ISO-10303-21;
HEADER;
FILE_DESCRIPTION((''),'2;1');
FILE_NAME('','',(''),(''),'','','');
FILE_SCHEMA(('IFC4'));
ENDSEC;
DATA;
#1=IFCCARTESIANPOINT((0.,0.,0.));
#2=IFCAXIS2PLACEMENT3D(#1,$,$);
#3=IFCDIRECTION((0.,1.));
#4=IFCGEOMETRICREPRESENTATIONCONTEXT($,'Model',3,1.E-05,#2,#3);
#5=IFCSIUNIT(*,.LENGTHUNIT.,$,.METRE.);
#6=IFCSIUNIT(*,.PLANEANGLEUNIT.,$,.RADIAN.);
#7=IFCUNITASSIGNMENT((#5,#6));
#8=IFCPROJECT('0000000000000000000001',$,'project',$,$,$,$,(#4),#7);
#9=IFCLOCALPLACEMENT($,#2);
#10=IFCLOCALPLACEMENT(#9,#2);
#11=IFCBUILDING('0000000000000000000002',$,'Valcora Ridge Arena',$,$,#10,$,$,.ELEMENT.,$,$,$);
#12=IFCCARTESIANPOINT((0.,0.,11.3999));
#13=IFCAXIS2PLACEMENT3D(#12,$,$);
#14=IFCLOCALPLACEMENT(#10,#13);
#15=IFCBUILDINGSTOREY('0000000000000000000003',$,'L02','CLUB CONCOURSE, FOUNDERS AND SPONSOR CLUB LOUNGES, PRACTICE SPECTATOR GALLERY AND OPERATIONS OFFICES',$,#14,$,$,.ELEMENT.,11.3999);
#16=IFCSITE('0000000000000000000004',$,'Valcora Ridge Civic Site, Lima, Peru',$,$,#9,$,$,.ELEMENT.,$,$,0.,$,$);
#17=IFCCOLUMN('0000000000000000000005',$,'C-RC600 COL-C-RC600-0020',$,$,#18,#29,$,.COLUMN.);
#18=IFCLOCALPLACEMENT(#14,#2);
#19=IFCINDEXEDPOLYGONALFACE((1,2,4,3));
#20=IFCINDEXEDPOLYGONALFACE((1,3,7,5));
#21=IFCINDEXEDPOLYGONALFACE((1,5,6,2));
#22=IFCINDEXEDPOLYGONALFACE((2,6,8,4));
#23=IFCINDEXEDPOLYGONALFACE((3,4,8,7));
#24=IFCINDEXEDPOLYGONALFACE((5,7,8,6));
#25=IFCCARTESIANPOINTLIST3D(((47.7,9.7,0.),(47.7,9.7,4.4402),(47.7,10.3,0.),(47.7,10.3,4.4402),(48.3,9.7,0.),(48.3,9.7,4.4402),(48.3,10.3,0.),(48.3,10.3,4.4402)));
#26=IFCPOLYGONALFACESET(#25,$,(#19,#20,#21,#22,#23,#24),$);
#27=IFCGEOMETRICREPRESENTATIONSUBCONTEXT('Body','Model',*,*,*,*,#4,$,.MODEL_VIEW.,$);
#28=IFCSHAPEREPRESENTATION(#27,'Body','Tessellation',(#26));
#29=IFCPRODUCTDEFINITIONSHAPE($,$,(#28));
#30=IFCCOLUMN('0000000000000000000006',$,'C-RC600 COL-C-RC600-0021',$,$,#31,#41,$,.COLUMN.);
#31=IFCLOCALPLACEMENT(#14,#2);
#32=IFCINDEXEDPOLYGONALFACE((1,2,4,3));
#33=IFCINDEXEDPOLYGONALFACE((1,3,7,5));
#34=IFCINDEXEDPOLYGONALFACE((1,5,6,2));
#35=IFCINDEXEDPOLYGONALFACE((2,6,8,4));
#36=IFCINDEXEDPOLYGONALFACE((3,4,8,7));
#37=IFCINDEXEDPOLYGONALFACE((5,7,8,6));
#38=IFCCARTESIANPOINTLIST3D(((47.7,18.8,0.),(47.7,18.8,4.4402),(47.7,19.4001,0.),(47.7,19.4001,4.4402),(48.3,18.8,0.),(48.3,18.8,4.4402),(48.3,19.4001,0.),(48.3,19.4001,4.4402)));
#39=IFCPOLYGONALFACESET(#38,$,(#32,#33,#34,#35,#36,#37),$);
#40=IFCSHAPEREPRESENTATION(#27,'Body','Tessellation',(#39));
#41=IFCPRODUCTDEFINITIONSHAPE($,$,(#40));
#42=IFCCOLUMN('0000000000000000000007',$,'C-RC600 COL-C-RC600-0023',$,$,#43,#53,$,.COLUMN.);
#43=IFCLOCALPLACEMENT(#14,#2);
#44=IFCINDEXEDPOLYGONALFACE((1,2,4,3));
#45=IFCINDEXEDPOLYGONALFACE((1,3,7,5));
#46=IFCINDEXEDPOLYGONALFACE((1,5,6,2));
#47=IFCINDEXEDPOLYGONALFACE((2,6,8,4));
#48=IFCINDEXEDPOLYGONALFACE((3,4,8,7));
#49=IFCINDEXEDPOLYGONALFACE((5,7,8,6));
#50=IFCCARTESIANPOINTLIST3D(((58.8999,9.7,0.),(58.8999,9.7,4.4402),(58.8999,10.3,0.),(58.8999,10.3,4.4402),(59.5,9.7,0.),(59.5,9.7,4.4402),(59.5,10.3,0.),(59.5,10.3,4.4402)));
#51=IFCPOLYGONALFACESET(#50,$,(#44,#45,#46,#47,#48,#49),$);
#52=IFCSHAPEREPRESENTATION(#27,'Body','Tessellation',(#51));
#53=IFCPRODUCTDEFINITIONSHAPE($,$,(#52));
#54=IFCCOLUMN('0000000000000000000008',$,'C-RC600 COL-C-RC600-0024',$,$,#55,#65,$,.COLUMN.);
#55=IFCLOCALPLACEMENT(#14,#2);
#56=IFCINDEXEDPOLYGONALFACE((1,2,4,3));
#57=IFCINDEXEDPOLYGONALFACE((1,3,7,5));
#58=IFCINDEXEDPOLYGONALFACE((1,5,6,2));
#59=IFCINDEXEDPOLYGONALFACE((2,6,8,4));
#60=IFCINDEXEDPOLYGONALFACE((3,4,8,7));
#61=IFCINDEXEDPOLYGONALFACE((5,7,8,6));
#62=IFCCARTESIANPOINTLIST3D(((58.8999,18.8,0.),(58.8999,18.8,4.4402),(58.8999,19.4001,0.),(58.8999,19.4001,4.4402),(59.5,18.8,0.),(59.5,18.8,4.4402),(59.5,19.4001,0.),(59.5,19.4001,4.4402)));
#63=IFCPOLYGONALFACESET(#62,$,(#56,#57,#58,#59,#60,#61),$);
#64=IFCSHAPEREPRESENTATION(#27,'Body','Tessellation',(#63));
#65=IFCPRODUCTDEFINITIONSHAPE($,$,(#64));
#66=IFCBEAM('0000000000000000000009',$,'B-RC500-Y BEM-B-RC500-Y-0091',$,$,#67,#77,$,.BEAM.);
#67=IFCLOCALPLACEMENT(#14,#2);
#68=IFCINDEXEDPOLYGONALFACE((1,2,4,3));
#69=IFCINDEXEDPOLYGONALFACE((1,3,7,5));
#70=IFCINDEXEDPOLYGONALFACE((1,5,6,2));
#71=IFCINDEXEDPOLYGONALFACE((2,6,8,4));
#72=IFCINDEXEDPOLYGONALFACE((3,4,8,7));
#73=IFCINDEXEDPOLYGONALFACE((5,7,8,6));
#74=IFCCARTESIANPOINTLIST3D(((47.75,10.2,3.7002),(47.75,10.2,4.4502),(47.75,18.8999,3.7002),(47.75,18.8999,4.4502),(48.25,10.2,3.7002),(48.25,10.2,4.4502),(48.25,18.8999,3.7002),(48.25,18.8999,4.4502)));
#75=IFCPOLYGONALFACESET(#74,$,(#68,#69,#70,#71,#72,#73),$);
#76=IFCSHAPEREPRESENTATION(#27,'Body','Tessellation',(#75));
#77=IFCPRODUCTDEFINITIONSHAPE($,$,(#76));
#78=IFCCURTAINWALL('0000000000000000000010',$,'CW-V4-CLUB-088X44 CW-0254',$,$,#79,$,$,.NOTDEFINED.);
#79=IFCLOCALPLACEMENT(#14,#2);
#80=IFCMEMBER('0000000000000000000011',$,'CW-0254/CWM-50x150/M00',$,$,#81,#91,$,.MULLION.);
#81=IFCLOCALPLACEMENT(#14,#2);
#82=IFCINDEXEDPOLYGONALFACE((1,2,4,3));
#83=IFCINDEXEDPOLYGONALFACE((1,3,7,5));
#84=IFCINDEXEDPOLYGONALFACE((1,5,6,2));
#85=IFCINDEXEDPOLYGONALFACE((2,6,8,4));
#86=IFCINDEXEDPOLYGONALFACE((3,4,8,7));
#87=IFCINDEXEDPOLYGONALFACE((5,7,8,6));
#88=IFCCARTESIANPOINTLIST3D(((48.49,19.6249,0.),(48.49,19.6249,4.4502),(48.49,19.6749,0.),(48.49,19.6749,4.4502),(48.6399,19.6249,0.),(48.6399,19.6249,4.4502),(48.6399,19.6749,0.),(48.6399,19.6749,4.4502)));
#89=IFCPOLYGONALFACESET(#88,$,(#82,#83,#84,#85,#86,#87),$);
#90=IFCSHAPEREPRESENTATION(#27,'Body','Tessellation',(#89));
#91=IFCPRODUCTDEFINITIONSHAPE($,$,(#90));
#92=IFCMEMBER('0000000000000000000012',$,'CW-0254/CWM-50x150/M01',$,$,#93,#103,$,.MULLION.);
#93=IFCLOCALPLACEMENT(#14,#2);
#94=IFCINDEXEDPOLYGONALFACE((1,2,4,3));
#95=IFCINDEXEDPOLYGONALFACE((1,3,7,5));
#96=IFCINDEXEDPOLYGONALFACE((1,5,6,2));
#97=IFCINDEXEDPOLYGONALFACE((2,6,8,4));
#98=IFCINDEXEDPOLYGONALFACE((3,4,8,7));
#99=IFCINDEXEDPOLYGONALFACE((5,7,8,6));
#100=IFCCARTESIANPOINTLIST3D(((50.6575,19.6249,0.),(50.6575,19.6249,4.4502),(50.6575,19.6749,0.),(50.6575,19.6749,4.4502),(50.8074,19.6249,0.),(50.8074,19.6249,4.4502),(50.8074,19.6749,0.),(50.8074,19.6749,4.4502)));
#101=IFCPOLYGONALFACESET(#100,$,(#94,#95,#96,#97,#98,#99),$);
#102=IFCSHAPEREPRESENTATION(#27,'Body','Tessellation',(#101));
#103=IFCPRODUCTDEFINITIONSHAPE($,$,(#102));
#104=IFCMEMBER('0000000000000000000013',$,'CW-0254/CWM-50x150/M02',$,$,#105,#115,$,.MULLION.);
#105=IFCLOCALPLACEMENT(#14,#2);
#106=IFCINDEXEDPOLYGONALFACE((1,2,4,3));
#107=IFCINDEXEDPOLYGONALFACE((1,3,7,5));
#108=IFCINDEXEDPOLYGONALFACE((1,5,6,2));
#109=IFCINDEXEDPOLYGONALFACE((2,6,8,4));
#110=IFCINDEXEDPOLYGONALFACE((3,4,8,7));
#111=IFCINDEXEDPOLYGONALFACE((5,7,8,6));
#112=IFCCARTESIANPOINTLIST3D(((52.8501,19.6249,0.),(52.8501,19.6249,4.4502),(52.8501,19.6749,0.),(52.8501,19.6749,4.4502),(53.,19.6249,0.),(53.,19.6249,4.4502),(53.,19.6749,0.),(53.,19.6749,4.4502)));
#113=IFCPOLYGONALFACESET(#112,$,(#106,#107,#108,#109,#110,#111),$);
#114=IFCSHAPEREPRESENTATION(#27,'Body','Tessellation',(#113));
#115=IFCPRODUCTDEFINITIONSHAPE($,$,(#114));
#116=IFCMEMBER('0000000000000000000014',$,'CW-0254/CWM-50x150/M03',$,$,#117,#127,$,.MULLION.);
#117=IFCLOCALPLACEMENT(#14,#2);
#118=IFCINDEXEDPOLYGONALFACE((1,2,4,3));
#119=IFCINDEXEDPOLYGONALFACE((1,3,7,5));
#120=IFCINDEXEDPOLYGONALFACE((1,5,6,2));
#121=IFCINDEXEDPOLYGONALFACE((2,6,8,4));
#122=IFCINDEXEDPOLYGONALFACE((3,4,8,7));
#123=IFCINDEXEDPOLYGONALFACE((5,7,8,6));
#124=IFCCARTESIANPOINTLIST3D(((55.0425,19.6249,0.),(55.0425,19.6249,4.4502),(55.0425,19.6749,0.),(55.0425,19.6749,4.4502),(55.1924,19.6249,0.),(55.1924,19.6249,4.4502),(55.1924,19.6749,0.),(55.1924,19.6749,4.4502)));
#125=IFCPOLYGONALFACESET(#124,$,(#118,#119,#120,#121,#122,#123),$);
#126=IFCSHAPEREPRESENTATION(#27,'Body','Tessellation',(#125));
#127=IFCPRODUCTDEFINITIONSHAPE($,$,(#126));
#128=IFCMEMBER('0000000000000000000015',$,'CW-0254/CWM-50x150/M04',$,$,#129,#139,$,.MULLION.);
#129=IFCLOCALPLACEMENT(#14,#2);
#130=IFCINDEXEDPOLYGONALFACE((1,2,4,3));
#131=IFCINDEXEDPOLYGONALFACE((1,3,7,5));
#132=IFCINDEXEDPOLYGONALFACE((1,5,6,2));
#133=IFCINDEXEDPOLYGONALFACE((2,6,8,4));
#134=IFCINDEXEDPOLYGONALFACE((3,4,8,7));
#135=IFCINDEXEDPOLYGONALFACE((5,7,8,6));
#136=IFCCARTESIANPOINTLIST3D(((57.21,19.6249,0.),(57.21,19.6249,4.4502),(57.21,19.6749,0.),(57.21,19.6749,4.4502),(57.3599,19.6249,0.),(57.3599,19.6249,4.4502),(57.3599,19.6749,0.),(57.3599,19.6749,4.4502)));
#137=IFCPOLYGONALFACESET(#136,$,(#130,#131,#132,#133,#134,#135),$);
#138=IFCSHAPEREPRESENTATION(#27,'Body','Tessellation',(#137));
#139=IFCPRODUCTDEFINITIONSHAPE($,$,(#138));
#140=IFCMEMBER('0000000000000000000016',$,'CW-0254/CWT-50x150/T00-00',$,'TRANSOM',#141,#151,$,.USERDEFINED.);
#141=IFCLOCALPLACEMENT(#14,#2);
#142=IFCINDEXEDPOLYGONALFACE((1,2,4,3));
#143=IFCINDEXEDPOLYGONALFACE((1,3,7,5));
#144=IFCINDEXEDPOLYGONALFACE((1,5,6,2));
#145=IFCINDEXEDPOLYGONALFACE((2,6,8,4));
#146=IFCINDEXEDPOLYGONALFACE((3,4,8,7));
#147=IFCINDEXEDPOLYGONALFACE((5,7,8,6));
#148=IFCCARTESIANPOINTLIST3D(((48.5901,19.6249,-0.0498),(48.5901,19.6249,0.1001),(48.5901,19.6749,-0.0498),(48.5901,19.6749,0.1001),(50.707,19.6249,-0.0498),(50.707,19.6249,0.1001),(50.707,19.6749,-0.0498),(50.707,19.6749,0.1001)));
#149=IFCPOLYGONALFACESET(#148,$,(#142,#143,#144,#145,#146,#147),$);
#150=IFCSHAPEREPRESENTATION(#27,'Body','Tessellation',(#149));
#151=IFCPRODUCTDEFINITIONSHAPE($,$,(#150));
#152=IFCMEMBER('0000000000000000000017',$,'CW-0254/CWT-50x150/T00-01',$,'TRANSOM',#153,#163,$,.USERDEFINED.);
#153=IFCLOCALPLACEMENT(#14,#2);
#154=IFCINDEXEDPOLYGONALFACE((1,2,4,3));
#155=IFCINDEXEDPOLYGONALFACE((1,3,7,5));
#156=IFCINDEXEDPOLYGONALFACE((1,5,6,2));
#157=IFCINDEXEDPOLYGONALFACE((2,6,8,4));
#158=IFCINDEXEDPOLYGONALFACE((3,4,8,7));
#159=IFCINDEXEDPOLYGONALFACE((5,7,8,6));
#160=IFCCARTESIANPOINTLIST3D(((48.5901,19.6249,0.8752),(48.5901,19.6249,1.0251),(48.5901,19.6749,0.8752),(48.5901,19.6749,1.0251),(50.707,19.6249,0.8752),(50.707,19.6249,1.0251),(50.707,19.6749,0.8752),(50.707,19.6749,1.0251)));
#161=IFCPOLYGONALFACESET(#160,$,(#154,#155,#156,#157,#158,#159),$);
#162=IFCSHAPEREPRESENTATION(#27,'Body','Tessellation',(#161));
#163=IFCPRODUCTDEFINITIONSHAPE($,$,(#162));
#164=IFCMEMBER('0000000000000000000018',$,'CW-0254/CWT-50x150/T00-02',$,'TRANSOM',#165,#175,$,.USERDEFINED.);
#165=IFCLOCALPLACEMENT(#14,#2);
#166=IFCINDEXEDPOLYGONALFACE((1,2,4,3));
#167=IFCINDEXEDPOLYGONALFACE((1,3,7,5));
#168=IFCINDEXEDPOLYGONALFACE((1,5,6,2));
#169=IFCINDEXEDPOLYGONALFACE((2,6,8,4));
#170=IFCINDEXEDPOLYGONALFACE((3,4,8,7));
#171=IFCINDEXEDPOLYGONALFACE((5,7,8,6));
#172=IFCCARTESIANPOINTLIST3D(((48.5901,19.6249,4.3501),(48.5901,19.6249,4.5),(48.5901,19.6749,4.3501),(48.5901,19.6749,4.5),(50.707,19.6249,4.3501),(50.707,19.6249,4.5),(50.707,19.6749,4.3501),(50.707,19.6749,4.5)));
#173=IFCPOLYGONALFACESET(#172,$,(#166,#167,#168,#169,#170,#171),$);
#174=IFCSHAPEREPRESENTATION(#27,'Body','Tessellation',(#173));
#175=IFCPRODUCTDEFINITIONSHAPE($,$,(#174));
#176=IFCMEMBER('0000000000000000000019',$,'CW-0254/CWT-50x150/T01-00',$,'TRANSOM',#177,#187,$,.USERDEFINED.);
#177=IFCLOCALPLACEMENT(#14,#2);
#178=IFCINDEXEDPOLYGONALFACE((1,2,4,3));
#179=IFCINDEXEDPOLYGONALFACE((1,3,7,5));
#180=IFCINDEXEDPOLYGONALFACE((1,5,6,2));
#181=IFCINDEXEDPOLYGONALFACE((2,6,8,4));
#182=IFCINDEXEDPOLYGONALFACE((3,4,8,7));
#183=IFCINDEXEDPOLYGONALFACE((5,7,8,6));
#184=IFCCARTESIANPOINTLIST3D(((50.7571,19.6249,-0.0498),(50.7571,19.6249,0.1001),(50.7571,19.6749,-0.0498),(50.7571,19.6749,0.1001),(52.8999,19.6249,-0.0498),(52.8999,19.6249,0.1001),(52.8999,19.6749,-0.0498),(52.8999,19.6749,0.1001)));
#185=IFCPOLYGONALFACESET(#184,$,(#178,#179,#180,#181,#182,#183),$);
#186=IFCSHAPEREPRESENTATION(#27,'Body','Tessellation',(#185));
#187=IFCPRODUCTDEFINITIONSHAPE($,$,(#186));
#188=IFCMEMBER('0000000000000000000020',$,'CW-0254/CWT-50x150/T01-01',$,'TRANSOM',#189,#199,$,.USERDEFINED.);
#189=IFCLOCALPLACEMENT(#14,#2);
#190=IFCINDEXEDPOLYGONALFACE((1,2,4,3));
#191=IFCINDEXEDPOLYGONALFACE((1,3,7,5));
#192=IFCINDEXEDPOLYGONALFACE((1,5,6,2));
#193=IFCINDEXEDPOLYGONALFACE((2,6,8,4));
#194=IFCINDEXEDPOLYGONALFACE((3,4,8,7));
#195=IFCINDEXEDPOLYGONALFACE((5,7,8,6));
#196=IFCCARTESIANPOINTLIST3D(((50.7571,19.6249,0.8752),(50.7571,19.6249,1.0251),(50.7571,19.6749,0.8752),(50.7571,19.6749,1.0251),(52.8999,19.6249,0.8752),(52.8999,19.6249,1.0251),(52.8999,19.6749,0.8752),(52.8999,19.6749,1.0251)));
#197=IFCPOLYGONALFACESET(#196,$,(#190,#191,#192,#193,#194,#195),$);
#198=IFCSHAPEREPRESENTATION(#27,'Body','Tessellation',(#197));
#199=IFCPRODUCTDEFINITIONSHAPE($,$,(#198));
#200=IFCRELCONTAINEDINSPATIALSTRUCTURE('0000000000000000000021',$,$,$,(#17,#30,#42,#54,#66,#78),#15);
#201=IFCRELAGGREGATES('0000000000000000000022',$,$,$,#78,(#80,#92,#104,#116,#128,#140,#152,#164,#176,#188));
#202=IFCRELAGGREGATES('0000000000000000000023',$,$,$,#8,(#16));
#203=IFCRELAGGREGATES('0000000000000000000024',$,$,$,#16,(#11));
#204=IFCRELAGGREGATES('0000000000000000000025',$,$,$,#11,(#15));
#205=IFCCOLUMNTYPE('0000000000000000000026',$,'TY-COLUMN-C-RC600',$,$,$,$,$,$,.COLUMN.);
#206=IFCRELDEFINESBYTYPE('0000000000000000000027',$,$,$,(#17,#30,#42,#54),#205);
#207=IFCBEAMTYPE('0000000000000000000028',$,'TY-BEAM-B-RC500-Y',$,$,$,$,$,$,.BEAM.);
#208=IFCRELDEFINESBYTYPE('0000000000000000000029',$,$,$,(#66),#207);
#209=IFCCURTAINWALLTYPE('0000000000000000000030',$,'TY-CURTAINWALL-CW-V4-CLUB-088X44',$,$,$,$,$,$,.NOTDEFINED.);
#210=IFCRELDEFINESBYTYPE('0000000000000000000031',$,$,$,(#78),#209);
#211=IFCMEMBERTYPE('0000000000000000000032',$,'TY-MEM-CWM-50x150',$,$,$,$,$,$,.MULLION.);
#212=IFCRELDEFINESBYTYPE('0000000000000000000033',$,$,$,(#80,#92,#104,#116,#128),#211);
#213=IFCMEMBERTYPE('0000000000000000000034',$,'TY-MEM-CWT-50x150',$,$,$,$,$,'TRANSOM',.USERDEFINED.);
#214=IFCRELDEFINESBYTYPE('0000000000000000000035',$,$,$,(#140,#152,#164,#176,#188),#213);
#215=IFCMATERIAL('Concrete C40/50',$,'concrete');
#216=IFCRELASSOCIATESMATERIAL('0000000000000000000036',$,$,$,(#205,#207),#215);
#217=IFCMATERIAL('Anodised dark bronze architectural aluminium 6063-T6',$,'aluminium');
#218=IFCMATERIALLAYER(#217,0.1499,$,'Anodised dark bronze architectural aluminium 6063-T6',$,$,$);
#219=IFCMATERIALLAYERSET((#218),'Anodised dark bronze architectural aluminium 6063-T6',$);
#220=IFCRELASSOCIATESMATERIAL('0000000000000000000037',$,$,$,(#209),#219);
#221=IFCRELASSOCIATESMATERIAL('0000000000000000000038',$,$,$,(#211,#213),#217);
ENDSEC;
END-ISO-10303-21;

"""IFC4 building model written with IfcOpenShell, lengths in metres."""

from ifc_helpers import new_model, si_unit, direction, frame, origin, origin_2d, place, context, subcontext, project, spatial, rectangle, extrude, material, layer, layer_set, material_profile, profile_set, type_object, element, aggregate, save


model = new_model("IFC4")

# Units and contexts
model_context = context("Model", 3, precision=1e-05, world=origin(), true_north=direction((0.0, 1.0)))
body_context = subcontext(model_context, "Body", "Model", "MODEL_VIEW")
ifc_project = project(units=[si_unit("LENGTHUNIT", "METRE"), si_unit("PLANEANGLEUNIT", "RADIAN")], contexts=[model_context])

# Site, building, storey
site_placement = place(None, origin())
site = spatial("IfcSite", under=ifc_project, at=site_placement, Name="Valcora Ridge Civic Site, Lima, Peru", CompositionType="ELEMENT", RefElevation=0.0)
building_placement = place(site_placement, origin())
building = spatial("IfcBuilding", under=site, at=building_placement, Name="Valcora Ridge Arena", CompositionType="ELEMENT")
storey_placement = place(building_placement, frame((0.0, 0.0, 11.3999)))
storey = spatial("IfcBuildingStorey", under=building, at=storey_placement, Name="L02", Description="CLUB CONCOURSE, FOUNDERS AND SPONSOR CLUB LOUNGES, PRACTICE SPECTATOR GALLERY AND OPERATIONS OFFICES", CompositionType="ELEMENT", Elevation=11.3999)

# Columns
ifc_material_1 = material(Name="Concrete C40/50", Category="concrete")
ifc_material_profile_1 = material_profile(ifc_material_1, rectangle(XDim=0.6001, YDim=0.6001, at=origin_2d()), Name="RC 600x600")
ifc_profile_set_1 = profile_set([ifc_material_profile_1], Name="Concrete C40/50")
column_type = type_object("IfcColumnType", Name="TY-COLUMN-C-RC600", PredefinedType="COLUMN", material=ifc_profile_set_1)
for number, where, z_axis, x_axis, name in (
    (1, (48.0, 10.0, 0.0), (0.0, 0.0, 1.0), (1.0, 0.0, 0.0), "C-RC600 COL-C-RC600-0020"),
    (2, (48.0, 19.1001, 0.0), (0.0, 0.0, 1.0), (1.0, 0.0, 0.0), "C-RC600 COL-C-RC600-0021"),
    (3, (59.2, 10.0, 0.0), (0.0, 0.0, 1.0), (1.0, 0.0, 0.0), "C-RC600 COL-C-RC600-0023"),
    (4, (59.2, 19.1001, 0.0), (0.0, 0.0, 1.0), (1.0, 0.0, 0.0), "C-RC600 COL-C-RC600-0024"),
):
    element("IfcColumn", number, at=place(storey_placement, frame(where, z_axis=z_axis, x_axis=x_axis)), inside=storey, type_object=column_type, Name=name, PredefinedType="COLUMN", context=body_context, shape_type="SweptSolid", body=[
        extrude(rectangle(XDim=0.6001, YDim=0.6001, at=origin_2d()), origin(), (0.0, 0.0, 1.0), 4.4402),
    ])

# Beam
ifc_material_profile_2 = material_profile(ifc_material_1, rectangle(XDim=0.5, YDim=0.75, at=origin_2d()), Name="RC 500x750")
ifc_profile_set_2 = profile_set([ifc_material_profile_2], Name="Concrete C40/50")
beam_type = type_object("IfcBeamType", Name="TY-BEAM-B-RC500-Y", PredefinedType="BEAM", material=ifc_profile_set_2)
beam_placement = place(storey_placement, frame((48.0, 10.2, 4.0752), z_axis=(0.0, 1.0, 0.0), x_axis=(-1.0, 0.0, 0.0)))
element("IfcBeam", 5, at=beam_placement, inside=storey, type_object=beam_type, Name="B-RC500-Y BEM-B-RC500-Y-0091", PredefinedType="BEAM", context=body_context, shape_type="SweptSolid", body=[
    extrude(rectangle(XDim=0.5, YDim=0.75, at=origin_2d()), origin(), (0.0, 0.0, 1.0), 8.7),
])

# Curtain wall, members
ifc_material_2 = material(Name="Anodised dark bronze architectural aluminium 6063-T6", Category="aluminium")
ifc_layer_1 = layer(ifc_material_2, 0.1499, Name="Anodised dark bronze architectural aluminium 6063-T6")
ifc_layer_set_1 = layer_set([ifc_layer_1], Name="Anodised dark bronze architectural aluminium 6063-T6")
curtain_wall_type_1 = type_object("IfcCurtainWallType", Name="TY-CURTAINWALL-CW-V4-CLUB-088X44", PredefinedType="NOTDEFINED", material=ifc_layer_set_1)
curtain_wall_1_placement = place(storey_placement, origin())
curtain_wall_1 = element("IfcCurtainWall", 6, at=curtain_wall_1_placement, inside=storey, type_object=curtain_wall_type_1, Name="CW-V4-CLUB-088X44 CW-0254", PredefinedType="NOTDEFINED")
ifc_material_profile_3 = material_profile(ifc_material_2, rectangle(XDim=0.05, YDim=0.1499, at=origin_2d()), Name="ALU MULLION 50x150")
ifc_profile_set_3 = profile_set([ifc_material_profile_3], Name="Anodised dark bronze architectural aluminium 6063-T6")
member_type_1 = type_object("IfcMemberType", Name="TY-MEM-CWM-50x150", PredefinedType="MULLION", material=ifc_profile_set_3)
member_1_placement = place(storey_placement, frame((48.5649, 19.6499, 0.0), z_axis=(0.0, 0.0, 1.0), x_axis=(0.0, 1.0, 0.0)))
member_1 = element("IfcMember", 7, at=member_1_placement, type_object=member_type_1, Name="CW-0254/CWM-50x150/M00", PredefinedType="MULLION", context=body_context, shape_type="SweptSolid", body=[
    extrude(rectangle(XDim=0.05, YDim=0.1499, at=origin_2d()), origin(), (0.0, 0.0, 1.0), 4.4502),
])
member_2_placement = place(storey_placement, frame((50.7324, 19.6499, 0.0), z_axis=(0.0, 0.0, 1.0), x_axis=(0.0, 1.0, 0.0)))
member_2 = element("IfcMember", 8, at=member_2_placement, type_object=member_type_1, Name="CW-0254/CWM-50x150/M01", PredefinedType="MULLION", context=body_context, shape_type="SweptSolid", body=[
    extrude(rectangle(XDim=0.05, YDim=0.1499, at=origin_2d()), origin(), (0.0, 0.0, 1.0), 4.4502),
])
member_3_placement = place(storey_placement, frame((52.925, 19.6499, 0.0), z_axis=(0.0, 0.0, 1.0), x_axis=(0.0, 1.0, 0.0)))
member_3 = element("IfcMember", 9, at=member_3_placement, type_object=member_type_1, Name="CW-0254/CWM-50x150/M02", PredefinedType="MULLION", context=body_context, shape_type="SweptSolid", body=[
    extrude(rectangle(XDim=0.05, YDim=0.1499, at=origin_2d()), origin(), (0.0, 0.0, 1.0), 4.4502),
])
member_4_placement = place(storey_placement, frame((55.1174, 19.6499, 0.0), z_axis=(0.0, 0.0, 1.0), x_axis=(0.0, 1.0, 0.0)))
member_4 = element("IfcMember", 10, at=member_4_placement, type_object=member_type_1, Name="CW-0254/CWM-50x150/M03", PredefinedType="MULLION", context=body_context, shape_type="SweptSolid", body=[
    extrude(rectangle(XDim=0.05, YDim=0.1499, at=origin_2d()), origin(), (0.0, 0.0, 1.0), 4.4502),
])
member_5_placement = place(storey_placement, frame((57.2849, 19.6499, 0.0), z_axis=(0.0, 0.0, 1.0), x_axis=(0.0, 1.0, 0.0)))
member_5 = element("IfcMember", 11, at=member_5_placement, type_object=member_type_1, Name="CW-0254/CWM-50x150/M04", PredefinedType="MULLION", context=body_context, shape_type="SweptSolid", body=[
    extrude(rectangle(XDim=0.05, YDim=0.1499, at=origin_2d()), origin(), (0.0, 0.0, 1.0), 4.4502),
])
ifc_material_profile_4 = material_profile(ifc_material_2, rectangle(XDim=0.05, YDim=0.1499, at=origin_2d()), Name="ALU TRANSOM 50x150")
ifc_profile_set_4 = profile_set([ifc_material_profile_4], Name="Anodised dark bronze architectural aluminium 6063-T6")
member_type_2 = type_object("IfcMemberType", Name="TY-MEM-CWT-50x150", ElementType="TRANSOM", PredefinedType="USERDEFINED", material=ifc_profile_set_4)
member_6_placement = place(storey_placement, frame((48.5901, 19.6499, 0.0251), z_axis=(1.0, 0.0, 0.0), x_axis=(0.0, 1.0, 0.0)))
member_6 = element("IfcMember", 12, at=member_6_placement, type_object=member_type_2, Name="CW-0254/CWT-50x150/T00-00", ObjectType="TRANSOM", PredefinedType="USERDEFINED", context=body_context, shape_type="SweptSolid", body=[
    extrude(rectangle(XDim=0.05, YDim=0.1499, at=origin_2d()), origin(), (0.0, 0.0, 1.0), 2.1169),
])
member_7_placement = place(storey_placement, frame((48.5901, 19.6499, 0.9502), z_axis=(1.0, 0.0, 0.0), x_axis=(0.0, 1.0, 0.0)))
member_7 = element("IfcMember", 13, at=member_7_placement, type_object=member_type_2, Name="CW-0254/CWT-50x150/T00-01", ObjectType="TRANSOM", PredefinedType="USERDEFINED", context=body_context, shape_type="SweptSolid", body=[
    extrude(rectangle(XDim=0.05, YDim=0.1499, at=origin_2d()), origin(), (0.0, 0.0, 1.0), 2.1169),
])
member_8_placement = place(storey_placement, frame((48.5901, 19.6499, 4.425), z_axis=(1.0, 0.0, 0.0), x_axis=(0.0, 1.0, 0.0)))
member_8 = element("IfcMember", 14, at=member_8_placement, type_object=member_type_2, Name="CW-0254/CWT-50x150/T00-02", ObjectType="TRANSOM", PredefinedType="USERDEFINED", context=body_context, shape_type="SweptSolid", body=[
    extrude(rectangle(XDim=0.05, YDim=0.1499, at=origin_2d()), origin(), (0.0, 0.0, 1.0), 2.1169),
])
member_9_placement = place(storey_placement, frame((50.7571, 19.6499, 0.0251), z_axis=(1.0, 0.0, 0.0), x_axis=(0.0, 1.0, 0.0)))
member_9 = element("IfcMember", 15, at=member_9_placement, type_object=member_type_2, Name="CW-0254/CWT-50x150/T01-00", ObjectType="TRANSOM", PredefinedType="USERDEFINED", context=body_context, shape_type="SweptSolid", body=[
    extrude(rectangle(XDim=0.05, YDim=0.1499, at=origin_2d()), origin(), (0.0, 0.0, 1.0), 2.1428),
])
member_10_placement = place(storey_placement, frame((50.7571, 19.6499, 0.9502), z_axis=(1.0, 0.0, 0.0), x_axis=(0.0, 1.0, 0.0)))
member_10 = element("IfcMember", 16, at=member_10_placement, type_object=member_type_2, Name="CW-0254/CWT-50x150/T01-01", ObjectType="TRANSOM", PredefinedType="USERDEFINED", context=body_context, shape_type="SweptSolid", body=[
    extrude(rectangle(XDim=0.05, YDim=0.1499, at=origin_2d()), origin(), (0.0, 0.0, 1.0), 2.1428),
])

aggregate(curtain_wall_1, [member_1, member_2, member_3, member_4, member_5, member_6, member_7, member_8, member_9, member_10])

save(model, "model.ifc")
